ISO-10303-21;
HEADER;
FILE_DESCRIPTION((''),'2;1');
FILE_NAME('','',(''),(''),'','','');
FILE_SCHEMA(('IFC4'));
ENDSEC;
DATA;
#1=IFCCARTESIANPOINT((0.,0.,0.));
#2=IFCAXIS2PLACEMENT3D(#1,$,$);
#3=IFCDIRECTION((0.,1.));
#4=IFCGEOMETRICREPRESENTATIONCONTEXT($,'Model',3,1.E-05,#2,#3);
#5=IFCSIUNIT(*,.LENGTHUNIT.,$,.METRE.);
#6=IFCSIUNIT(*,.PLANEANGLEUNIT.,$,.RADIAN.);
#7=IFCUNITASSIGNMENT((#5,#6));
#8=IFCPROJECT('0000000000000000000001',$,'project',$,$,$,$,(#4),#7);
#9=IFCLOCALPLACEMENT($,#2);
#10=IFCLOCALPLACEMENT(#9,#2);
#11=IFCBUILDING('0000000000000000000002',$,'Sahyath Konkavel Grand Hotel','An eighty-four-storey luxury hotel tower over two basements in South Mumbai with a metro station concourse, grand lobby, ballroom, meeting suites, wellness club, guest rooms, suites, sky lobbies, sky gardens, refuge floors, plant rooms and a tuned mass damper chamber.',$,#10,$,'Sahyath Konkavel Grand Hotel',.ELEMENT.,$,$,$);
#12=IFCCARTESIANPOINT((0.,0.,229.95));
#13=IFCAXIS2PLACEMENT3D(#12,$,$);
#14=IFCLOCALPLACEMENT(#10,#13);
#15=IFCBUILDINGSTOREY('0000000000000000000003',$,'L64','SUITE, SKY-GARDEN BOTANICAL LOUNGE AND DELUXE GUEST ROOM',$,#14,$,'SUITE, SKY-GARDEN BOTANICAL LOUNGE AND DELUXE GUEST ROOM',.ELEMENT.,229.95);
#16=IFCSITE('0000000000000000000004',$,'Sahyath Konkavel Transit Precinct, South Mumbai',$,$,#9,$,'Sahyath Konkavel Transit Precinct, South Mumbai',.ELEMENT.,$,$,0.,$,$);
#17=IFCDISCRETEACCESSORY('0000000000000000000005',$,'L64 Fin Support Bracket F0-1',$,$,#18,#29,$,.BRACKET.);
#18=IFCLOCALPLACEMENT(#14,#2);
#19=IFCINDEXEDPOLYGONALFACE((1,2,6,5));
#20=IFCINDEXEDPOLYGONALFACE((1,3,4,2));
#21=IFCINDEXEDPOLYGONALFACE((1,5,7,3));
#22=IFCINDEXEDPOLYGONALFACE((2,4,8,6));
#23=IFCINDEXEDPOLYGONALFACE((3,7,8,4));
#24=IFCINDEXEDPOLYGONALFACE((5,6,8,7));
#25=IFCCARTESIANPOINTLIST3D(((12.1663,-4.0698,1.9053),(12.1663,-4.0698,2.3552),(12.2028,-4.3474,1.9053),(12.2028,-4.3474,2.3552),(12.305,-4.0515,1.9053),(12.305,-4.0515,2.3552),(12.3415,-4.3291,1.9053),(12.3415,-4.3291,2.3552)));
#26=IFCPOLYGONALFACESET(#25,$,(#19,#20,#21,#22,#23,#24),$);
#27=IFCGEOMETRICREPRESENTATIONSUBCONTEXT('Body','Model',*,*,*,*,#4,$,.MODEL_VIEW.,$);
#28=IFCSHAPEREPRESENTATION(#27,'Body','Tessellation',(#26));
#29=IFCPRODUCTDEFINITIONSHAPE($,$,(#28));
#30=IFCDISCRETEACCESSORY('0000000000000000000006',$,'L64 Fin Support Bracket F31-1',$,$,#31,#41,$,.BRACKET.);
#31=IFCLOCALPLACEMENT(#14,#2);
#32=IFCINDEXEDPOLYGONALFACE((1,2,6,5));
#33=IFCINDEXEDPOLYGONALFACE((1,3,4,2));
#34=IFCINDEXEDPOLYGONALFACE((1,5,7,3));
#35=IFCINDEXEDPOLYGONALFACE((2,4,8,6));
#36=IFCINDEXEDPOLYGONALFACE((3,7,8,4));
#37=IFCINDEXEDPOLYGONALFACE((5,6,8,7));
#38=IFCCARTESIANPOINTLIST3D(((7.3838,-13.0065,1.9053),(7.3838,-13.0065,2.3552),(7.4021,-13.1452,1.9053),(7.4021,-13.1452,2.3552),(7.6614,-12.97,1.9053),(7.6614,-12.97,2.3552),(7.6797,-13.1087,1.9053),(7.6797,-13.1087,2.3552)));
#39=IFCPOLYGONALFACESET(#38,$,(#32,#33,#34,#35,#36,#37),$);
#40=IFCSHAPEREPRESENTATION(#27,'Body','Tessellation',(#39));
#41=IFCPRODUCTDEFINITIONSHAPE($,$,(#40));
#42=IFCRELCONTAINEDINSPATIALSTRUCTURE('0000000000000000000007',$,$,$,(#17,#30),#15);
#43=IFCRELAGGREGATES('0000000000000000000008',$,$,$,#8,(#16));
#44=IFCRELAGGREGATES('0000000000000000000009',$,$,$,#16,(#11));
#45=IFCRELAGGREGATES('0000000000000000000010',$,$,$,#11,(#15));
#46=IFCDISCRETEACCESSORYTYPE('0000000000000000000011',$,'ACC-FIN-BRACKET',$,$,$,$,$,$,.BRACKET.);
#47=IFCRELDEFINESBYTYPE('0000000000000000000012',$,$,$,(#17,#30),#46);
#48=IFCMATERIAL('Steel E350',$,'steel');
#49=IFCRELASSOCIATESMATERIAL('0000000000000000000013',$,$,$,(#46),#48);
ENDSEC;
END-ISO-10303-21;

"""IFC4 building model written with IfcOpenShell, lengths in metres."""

from ifc_helpers import new_model, si_unit, direction, frame, origin, origin_2d, place, context, subcontext, project, spatial, rectangle, extrude, source, transform, mapped, material, type_object, element, save


model = new_model("IFC4")

# Units and contexts
model_context = context("Model", 3, precision=1e-05, world=origin(), true_north=direction((0.0, 1.0)))
body_context = subcontext(model_context, "Body", "Model", "MODEL_VIEW")
ifc_project = project(units=[si_unit("LENGTHUNIT", "METRE"), si_unit("PLANEANGLEUNIT", "RADIAN")], contexts=[model_context])

# Site, building, storey
site_placement = place(None, origin())
site = spatial("IfcSite", under=ifc_project, at=site_placement, Name="Sahyath Konkavel Transit Precinct, South Mumbai", LongName="Sahyath Konkavel Transit Precinct, South Mumbai", CompositionType="ELEMENT", RefElevation=0.0)
building_placement = place(site_placement, origin())
building = spatial("IfcBuilding", under=site, at=building_placement, Name="Sahyath Konkavel Grand Hotel", Description="An eighty-four-storey luxury hotel tower over two basements in South Mumbai with a metro station concourse, grand lobby, ballroom, meeting suites, wellness club, guest rooms, suites, sky lobbies, sky gardens, refuge floors, plant rooms and a tuned mass damper chamber.", LongName="Sahyath Konkavel Grand Hotel", CompositionType="ELEMENT")
storey_placement = place(building_placement, frame((0.0, 0.0, 229.95)))
storey = spatial("IfcBuildingStorey", under=building, at=storey_placement, Name="L64", Description="SUITE, SKY-GARDEN BOTANICAL LOUNGE AND DELUXE GUEST ROOM", LongName="SUITE, SKY-GARDEN BOTANICAL LOUNGE AND DELUXE GUEST ROOM", CompositionType="ELEMENT", Elevation=229.95)

# Discrete accessories
ifc_material_1 = material(Name="Steel E350", Category="steel")
discrete_accessory_type = type_object("IfcDiscreteAccessoryType", Name="ACC-FIN-BRACKET", PredefinedType="BRACKET", material=ifc_material_1)
shared_shape_1 = source(origin(), body_context, "Body", "SweptSolid", [
    extrude(rectangle(XDim=0.28, YDim=0.1399, at=origin_2d()), origin(), (0.0, 0.0, 1.0), 0.45),
])
for number, where, z_axis, x_axis, name in (
    (1, (12.2539, -4.1995, 1.9053), (0.0, 0.0, 1.0), (0.130526, -0.991445, 0.0), "L64 Fin Support Bracket F0-1"),
    (2, (7.5317, -13.0576, 1.9053), (0.0, 0.0, 1.0), (0.991445, 0.130526, 0.0), "L64 Fin Support Bracket F31-1"),
):
    element("IfcDiscreteAccessory", number, at=place(storey_placement, frame(where, z_axis=z_axis, x_axis=x_axis)), inside=storey, type_object=discrete_accessory_type, Name=name, PredefinedType="BRACKET", context=body_context, shape_type="MappedRepresentation", body=[
        mapped(shared_shape_1, transform((0.0, 0.0, 0.0), scale=1.0)),
    ])

save(model, "model.ifc")
